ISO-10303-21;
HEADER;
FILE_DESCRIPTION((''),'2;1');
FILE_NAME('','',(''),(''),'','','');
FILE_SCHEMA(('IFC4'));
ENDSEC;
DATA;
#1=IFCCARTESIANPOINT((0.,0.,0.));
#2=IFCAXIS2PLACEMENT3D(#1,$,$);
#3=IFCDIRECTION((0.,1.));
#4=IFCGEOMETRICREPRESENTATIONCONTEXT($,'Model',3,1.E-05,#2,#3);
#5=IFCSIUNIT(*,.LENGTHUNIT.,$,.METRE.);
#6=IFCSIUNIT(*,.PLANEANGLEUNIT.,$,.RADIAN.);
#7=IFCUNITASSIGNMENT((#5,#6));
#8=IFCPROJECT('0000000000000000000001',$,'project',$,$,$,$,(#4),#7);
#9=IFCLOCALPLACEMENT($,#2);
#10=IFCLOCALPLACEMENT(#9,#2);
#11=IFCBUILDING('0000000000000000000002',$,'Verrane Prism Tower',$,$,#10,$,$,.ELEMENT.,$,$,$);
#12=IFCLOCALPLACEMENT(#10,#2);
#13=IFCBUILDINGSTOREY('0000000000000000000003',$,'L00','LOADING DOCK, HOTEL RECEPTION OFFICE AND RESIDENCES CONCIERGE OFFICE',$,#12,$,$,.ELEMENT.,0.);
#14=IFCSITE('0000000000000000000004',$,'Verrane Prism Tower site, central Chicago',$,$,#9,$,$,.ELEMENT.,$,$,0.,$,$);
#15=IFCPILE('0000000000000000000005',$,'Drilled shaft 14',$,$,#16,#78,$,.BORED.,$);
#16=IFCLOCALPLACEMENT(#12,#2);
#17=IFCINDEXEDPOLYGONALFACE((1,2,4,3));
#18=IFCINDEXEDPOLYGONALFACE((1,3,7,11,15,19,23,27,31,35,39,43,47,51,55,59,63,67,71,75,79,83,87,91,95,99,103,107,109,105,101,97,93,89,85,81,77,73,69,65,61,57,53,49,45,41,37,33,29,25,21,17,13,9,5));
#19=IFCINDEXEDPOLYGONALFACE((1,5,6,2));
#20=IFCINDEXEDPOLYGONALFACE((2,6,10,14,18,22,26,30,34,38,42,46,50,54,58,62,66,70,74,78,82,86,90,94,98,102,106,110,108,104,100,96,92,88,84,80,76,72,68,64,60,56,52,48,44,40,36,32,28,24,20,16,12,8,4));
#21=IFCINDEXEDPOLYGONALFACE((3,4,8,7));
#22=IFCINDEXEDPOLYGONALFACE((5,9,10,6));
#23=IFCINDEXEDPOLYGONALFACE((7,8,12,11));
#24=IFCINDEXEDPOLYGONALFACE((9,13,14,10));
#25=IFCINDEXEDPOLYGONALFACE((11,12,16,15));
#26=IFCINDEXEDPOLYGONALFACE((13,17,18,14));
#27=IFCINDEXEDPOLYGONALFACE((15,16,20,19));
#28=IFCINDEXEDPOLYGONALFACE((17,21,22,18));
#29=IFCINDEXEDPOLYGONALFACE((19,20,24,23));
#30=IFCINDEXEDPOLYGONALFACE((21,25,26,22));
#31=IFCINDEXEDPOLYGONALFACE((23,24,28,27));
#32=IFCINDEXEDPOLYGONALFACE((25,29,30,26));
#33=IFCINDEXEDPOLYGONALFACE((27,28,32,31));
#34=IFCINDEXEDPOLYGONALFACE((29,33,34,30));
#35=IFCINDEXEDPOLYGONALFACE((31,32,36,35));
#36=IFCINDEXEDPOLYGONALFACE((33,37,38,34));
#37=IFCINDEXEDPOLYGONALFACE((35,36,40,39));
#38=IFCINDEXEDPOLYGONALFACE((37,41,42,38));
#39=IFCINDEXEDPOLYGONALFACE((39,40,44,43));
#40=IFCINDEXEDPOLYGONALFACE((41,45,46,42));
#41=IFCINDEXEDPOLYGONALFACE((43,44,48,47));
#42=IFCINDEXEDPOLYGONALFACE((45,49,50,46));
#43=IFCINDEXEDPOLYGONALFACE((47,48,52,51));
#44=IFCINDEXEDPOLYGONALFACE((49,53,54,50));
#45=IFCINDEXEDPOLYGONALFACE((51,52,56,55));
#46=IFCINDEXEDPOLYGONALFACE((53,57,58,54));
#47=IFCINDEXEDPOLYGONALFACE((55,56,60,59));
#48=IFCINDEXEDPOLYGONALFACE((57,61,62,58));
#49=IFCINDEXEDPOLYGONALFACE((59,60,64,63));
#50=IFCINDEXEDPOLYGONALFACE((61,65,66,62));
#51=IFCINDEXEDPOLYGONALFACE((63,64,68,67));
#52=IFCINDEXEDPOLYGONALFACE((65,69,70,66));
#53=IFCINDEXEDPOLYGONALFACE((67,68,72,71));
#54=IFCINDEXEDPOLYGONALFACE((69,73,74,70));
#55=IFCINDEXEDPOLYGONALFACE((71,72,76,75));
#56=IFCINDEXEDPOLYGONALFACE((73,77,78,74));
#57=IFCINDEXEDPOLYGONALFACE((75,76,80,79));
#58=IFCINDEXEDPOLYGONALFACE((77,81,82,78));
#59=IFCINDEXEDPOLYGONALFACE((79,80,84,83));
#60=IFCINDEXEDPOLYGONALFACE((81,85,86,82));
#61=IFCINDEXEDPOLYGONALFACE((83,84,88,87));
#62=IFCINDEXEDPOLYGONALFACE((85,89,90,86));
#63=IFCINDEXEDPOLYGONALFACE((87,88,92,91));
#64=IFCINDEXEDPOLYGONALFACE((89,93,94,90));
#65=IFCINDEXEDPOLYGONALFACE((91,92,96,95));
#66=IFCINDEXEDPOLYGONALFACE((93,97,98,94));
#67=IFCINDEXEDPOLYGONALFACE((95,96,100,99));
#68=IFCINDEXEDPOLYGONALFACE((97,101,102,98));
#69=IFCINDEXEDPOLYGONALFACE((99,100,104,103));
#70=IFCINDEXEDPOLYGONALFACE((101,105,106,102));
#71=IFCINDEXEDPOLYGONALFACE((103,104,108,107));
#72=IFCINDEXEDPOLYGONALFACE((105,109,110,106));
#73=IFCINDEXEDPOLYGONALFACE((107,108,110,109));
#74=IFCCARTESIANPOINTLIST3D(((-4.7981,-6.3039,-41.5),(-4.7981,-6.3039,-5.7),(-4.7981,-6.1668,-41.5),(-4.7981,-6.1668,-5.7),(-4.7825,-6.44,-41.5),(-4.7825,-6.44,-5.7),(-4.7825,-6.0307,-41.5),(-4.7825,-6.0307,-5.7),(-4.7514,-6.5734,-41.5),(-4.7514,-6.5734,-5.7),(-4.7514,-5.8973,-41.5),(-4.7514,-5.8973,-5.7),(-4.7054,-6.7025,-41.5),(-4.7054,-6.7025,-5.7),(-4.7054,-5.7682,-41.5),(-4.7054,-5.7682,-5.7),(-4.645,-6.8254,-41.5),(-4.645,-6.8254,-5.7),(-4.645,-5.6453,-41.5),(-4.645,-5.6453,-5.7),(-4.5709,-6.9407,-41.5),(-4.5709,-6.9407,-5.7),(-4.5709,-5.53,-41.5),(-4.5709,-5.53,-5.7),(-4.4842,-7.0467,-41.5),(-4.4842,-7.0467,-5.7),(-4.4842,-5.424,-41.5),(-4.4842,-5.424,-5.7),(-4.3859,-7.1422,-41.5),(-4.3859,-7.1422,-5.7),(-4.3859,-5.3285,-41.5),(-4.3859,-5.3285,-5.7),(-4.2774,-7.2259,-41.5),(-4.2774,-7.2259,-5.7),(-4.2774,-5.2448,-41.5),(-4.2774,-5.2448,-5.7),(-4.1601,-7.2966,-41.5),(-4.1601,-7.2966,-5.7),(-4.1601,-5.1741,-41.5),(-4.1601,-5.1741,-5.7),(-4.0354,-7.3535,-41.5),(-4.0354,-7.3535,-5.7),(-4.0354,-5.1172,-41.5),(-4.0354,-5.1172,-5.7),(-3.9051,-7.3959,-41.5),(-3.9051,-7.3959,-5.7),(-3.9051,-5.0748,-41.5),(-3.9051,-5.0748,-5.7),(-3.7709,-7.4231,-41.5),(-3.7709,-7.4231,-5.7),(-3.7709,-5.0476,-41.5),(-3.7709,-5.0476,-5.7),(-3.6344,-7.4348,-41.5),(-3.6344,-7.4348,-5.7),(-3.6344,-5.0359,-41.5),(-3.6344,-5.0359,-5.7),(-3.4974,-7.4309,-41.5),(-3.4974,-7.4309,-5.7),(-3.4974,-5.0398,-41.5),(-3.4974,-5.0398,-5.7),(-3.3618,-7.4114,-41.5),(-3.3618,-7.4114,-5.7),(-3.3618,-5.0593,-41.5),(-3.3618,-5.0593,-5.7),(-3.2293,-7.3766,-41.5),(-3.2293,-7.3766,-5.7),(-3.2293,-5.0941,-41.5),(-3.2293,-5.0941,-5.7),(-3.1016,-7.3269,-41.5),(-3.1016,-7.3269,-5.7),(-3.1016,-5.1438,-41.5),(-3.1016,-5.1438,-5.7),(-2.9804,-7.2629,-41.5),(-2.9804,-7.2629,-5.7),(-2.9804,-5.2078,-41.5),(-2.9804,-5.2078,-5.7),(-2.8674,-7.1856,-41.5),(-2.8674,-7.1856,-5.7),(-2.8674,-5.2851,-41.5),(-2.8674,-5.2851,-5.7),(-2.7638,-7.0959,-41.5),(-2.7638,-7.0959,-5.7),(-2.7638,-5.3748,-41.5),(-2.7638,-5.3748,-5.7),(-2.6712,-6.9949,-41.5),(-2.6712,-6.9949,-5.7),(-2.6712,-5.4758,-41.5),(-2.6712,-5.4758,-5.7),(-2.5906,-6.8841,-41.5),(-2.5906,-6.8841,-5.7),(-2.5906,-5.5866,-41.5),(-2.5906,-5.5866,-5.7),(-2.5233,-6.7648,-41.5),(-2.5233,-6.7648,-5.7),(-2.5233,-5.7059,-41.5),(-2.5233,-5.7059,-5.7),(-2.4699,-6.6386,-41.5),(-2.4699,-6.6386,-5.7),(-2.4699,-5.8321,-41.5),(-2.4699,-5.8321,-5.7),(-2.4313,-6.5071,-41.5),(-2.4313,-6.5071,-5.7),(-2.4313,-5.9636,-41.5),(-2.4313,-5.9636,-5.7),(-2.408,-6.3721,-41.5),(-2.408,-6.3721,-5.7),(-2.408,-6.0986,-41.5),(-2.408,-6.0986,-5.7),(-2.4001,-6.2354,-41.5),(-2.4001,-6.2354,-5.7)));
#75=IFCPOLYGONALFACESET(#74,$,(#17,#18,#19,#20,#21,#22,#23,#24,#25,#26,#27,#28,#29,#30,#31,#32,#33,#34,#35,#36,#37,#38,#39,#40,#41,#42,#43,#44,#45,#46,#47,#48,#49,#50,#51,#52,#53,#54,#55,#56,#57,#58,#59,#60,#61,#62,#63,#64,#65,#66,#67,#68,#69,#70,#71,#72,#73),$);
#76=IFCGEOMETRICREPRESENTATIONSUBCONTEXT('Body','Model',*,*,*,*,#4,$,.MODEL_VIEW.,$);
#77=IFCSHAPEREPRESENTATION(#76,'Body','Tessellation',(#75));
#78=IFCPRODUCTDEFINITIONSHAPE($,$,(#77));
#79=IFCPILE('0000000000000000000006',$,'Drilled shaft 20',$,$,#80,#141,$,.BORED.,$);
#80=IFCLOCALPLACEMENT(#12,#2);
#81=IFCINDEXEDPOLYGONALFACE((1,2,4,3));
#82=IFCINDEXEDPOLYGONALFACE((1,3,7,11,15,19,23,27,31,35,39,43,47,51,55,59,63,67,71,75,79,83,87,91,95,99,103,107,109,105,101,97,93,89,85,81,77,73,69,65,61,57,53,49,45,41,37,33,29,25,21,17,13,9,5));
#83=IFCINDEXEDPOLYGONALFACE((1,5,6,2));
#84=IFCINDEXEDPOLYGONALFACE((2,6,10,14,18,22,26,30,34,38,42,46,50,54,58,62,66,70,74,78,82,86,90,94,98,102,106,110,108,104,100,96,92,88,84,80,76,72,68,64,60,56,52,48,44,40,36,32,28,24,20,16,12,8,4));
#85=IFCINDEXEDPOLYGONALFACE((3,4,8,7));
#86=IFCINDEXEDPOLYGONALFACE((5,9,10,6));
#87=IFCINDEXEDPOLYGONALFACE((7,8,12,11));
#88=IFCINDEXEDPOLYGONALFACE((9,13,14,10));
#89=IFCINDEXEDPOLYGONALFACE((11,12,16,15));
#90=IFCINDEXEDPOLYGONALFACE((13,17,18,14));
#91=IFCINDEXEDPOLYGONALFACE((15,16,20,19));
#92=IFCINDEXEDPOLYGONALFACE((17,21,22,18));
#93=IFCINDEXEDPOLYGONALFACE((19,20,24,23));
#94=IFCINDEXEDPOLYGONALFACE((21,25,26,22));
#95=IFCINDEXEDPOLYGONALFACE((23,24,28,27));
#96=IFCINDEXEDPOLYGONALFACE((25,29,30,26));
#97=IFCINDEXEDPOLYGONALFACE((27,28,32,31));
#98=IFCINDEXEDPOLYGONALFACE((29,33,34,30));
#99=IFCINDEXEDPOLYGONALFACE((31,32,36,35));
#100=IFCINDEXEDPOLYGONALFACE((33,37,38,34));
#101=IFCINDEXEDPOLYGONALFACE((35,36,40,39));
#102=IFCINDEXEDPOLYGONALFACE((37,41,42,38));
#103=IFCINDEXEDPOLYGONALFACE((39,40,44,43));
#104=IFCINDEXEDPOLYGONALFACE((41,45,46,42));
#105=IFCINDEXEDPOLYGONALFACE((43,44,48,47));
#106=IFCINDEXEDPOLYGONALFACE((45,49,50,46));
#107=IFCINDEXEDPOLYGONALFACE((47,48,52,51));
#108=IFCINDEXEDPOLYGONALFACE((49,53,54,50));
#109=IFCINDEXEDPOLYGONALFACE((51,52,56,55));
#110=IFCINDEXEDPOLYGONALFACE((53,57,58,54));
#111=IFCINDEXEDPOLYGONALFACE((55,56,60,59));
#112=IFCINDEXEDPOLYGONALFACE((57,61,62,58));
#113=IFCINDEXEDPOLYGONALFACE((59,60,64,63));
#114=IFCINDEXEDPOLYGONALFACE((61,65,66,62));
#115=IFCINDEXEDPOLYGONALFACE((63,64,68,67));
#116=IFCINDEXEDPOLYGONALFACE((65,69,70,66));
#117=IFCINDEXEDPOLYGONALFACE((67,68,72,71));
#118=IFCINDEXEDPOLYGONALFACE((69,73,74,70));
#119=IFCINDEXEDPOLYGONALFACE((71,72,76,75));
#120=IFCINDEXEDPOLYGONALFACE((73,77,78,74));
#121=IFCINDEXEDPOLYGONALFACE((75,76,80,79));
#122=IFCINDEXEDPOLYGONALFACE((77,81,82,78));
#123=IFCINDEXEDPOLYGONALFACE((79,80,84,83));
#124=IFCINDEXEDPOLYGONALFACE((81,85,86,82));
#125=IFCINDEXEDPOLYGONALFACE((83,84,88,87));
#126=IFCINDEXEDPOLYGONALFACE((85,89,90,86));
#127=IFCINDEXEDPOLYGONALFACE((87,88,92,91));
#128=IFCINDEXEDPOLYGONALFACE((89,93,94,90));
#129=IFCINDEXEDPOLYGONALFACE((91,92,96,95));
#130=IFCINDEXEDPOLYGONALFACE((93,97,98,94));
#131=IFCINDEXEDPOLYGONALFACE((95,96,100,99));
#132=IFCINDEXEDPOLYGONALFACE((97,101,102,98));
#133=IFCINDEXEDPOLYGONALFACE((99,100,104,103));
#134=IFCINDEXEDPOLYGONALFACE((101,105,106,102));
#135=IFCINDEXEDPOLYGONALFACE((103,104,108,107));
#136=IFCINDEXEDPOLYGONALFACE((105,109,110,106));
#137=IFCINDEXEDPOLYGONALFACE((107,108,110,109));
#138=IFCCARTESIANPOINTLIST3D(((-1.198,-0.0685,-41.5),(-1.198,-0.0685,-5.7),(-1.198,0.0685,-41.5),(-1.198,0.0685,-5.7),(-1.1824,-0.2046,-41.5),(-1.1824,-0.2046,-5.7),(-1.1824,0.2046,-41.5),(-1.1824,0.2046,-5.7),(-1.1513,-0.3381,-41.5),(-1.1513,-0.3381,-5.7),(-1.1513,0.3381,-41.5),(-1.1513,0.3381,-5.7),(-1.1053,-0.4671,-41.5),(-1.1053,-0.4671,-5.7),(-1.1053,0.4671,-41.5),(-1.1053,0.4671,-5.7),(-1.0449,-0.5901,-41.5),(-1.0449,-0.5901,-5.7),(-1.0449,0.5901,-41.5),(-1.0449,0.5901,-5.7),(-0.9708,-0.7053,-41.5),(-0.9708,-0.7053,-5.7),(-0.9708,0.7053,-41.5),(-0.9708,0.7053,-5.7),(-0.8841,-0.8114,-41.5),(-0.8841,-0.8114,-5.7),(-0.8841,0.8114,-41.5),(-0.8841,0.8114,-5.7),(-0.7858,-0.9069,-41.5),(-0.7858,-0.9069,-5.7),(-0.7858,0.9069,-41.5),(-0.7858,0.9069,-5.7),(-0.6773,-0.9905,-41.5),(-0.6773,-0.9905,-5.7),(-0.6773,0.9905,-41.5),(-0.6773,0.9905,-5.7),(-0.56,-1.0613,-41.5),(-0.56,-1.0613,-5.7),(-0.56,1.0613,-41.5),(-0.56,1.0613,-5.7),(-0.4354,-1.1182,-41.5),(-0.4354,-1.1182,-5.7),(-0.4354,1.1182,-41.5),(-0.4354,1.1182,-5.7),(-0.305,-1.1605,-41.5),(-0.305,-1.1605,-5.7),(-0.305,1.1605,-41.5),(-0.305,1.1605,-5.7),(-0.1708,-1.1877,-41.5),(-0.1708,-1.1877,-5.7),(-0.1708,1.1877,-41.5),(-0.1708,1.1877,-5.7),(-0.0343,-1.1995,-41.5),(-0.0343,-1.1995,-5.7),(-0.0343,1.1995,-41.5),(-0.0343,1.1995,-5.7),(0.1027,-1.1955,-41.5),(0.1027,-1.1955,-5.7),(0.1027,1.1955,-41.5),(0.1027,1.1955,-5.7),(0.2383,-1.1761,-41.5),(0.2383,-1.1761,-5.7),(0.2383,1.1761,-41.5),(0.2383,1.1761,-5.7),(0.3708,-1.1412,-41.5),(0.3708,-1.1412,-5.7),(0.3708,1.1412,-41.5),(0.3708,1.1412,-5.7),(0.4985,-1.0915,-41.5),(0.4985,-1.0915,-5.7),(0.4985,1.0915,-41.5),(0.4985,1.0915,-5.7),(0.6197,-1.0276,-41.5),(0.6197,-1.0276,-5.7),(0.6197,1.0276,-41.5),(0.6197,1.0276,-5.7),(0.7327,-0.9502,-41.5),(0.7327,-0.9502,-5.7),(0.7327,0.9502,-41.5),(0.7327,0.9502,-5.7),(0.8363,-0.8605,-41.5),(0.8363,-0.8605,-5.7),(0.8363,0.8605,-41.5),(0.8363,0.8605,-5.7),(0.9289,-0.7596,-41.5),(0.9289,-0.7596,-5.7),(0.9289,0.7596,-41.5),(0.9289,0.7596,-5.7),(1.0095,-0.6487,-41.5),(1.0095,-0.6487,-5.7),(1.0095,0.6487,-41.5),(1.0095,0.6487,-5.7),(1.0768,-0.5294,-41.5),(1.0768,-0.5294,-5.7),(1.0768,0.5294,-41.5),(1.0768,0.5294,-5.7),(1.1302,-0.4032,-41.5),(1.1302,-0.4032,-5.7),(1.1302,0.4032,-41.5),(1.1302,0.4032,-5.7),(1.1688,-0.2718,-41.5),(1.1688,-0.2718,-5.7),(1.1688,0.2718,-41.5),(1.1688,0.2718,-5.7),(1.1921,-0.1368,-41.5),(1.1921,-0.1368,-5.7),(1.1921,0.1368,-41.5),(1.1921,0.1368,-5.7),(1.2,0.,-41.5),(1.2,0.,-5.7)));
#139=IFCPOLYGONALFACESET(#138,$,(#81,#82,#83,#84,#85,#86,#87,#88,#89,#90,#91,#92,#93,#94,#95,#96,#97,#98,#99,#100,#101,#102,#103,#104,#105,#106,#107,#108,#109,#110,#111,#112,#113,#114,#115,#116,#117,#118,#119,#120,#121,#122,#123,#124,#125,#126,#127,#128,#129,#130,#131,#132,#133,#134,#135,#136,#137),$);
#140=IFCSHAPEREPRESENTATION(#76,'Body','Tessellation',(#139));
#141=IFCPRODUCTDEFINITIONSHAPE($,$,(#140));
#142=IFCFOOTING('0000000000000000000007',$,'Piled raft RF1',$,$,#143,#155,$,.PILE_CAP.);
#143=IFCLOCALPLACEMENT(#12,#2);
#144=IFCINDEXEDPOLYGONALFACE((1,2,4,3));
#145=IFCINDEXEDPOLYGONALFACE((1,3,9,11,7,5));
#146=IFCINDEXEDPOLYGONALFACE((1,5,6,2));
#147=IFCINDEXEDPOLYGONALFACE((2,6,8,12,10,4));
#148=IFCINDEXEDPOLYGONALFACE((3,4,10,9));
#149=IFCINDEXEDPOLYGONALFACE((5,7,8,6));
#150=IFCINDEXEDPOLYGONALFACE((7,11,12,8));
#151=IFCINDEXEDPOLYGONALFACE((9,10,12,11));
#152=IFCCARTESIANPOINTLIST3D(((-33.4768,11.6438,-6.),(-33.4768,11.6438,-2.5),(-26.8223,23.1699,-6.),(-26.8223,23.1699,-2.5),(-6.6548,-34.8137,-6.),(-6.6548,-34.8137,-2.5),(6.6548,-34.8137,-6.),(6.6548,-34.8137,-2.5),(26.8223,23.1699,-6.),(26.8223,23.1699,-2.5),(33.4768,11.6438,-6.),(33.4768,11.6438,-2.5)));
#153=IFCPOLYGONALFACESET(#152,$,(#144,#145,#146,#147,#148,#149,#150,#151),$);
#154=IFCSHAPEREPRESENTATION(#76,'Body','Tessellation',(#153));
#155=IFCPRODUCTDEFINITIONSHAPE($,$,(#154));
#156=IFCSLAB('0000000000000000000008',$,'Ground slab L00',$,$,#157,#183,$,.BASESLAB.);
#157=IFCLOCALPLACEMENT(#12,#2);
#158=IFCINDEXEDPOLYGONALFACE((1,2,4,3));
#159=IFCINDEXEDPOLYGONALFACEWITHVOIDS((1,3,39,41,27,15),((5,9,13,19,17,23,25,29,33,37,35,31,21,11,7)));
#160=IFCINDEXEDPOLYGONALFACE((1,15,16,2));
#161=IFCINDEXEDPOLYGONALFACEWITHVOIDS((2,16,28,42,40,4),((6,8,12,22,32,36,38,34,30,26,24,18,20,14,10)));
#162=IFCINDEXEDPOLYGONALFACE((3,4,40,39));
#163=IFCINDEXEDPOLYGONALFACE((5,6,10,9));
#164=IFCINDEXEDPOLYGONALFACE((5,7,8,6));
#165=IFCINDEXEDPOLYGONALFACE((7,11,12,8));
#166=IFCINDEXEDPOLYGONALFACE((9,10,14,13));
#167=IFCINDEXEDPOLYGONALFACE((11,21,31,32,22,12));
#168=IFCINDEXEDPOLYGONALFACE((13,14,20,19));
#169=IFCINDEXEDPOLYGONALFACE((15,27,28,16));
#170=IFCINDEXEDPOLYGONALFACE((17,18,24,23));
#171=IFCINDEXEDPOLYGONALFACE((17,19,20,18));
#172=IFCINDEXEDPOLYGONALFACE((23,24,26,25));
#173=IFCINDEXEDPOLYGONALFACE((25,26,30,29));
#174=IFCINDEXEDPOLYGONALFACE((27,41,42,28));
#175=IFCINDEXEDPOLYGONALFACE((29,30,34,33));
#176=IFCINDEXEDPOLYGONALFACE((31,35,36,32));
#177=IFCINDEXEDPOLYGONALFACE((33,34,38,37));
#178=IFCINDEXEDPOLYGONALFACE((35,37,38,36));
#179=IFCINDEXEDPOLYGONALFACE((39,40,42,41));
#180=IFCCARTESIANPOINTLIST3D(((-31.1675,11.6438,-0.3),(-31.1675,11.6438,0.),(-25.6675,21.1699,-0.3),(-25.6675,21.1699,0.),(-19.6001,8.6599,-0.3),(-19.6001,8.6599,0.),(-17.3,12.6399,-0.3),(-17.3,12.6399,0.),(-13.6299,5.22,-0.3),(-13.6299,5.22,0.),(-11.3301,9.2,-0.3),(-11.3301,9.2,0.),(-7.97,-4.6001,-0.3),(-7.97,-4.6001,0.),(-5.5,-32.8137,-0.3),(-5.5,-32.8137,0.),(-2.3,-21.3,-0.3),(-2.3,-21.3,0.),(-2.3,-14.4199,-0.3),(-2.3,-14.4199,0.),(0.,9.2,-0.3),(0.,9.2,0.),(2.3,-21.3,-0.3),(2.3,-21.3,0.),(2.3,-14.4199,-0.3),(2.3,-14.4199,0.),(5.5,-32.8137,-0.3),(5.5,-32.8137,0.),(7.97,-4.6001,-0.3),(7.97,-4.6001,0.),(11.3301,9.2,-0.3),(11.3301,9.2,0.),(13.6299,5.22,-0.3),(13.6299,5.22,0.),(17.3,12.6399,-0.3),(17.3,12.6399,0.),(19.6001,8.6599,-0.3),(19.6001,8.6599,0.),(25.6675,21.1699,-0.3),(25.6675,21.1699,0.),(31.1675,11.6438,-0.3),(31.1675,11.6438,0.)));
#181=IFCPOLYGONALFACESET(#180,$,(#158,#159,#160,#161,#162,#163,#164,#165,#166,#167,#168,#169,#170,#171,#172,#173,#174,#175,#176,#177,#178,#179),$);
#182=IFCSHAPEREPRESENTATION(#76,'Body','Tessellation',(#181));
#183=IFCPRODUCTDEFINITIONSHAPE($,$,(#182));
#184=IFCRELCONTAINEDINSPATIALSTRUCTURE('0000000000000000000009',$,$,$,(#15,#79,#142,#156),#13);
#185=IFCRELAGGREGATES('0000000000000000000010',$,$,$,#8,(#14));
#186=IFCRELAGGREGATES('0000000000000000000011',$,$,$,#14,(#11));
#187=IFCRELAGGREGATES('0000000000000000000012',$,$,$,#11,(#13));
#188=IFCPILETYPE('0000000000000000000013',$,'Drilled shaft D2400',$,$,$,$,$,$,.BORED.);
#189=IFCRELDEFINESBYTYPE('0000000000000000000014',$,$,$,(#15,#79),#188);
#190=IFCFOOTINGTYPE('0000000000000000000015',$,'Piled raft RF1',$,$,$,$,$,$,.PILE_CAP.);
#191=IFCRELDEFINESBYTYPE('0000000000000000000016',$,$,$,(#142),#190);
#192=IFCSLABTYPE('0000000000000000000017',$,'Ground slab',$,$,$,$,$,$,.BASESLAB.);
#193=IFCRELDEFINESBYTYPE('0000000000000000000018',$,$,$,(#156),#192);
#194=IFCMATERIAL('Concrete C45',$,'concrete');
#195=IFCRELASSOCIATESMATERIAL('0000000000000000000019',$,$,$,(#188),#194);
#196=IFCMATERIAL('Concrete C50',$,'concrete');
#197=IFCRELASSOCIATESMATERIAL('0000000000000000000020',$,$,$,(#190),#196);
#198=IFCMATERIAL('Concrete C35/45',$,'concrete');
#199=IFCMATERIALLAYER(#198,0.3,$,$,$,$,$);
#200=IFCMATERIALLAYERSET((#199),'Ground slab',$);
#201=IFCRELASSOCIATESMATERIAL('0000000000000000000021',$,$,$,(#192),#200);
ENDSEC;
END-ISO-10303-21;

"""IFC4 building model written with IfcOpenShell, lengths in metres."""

from ifc_helpers import new_model, si_unit, direction, frame, origin, origin_2d, place, context, subcontext, project, spatial, polyline, circle, outline, extrude, material, layer, layer_set, type_object, element, save


model = new_model("IFC4")

# Units and contexts
model_context = context("Model", 3, precision=1e-05, world=origin(), true_north=direction((0.0, 1.0)))
body_context = subcontext(model_context, "Body", "Model", "MODEL_VIEW")
ifc_project = project(units=[si_unit("LENGTHUNIT", "METRE"), si_unit("PLANEANGLEUNIT", "RADIAN")], contexts=[model_context])

# Site, building, storey
site_placement = place(None, origin())
site = spatial("IfcSite", under=ifc_project, at=site_placement, Name="Verrane Prism Tower site, central Chicago", CompositionType="ELEMENT", RefElevation=0.0)
building_placement = place(site_placement, origin())
building = spatial("IfcBuilding", under=site, at=building_placement, Name="Verrane Prism Tower", CompositionType="ELEMENT")
storey_placement = place(building_placement, origin())
storey = spatial("IfcBuildingStorey", under=building, at=storey_placement, Name="L00", Description="LOADING DOCK, HOTEL RECEPTION OFFICE AND RESIDENCES CONCIERGE OFFICE", CompositionType="ELEMENT", Elevation=0.0)

# Piles
ifc_material_1 = material(Name="Concrete C45", Category="concrete")
pile_type = type_object("IfcPileType", Name="Drilled shaft D2400", PredefinedType="BORED", material=ifc_material_1)
for number, where, z_axis, x_axis, name in (
    (1, (-3.6001, -6.2354, -5.7), (0.0, 0.0, -1.0), (1.0, 0.0, 0.0), "Drilled shaft 14"),
    (2, (0.0, 0.0, -5.7), (0.0, 0.0, -1.0), (1.0, 0.0, 0.0), "Drilled shaft 20"),
):
    element("IfcPile", number, at=place(storey_placement, frame(where, z_axis=z_axis, x_axis=x_axis)), inside=storey, type_object=pile_type, Name=name, PredefinedType="BORED", context=body_context, shape_type="SweptSolid", body=[
        extrude(circle(Radius=1.2, at=origin_2d()), origin(), (0.0, 0.0, 1.0), 35.8),
    ])

# Footing
ifc_material_2 = material(Name="Concrete C50", Category="concrete")
footing_type = type_object("IfcFootingType", Name="Piled raft RF1", PredefinedType="PILE_CAP", material=ifc_material_2)
footing_placement = place(storey_placement, frame((0.0, 0.0, -6.0)))
element("IfcFooting", 3, at=footing_placement, inside=storey, type_object=footing_type, Name="Piled raft RF1", PredefinedType="PILE_CAP", context=body_context, shape_type="SweptSolid", body=[
    extrude(outline(polyline([(33.4768, 11.6438), (6.6548, -34.8137), (-6.6548, -34.8137), (-33.4768, 11.6438), (-26.8223, 23.1699), (26.8223, 23.1699), (33.4768, 11.6438)])), origin(), (0.0, 0.0, 1.0), 3.5),
])

# Slab
ifc_material_3 = material(Name="Concrete C35/45", Category="concrete")
ifc_layer_1 = layer(ifc_material_3, 0.3)
ifc_layer_set_1 = layer_set([ifc_layer_1], Name="Ground slab")
slab_type_1 = type_object("IfcSlabType", Name="Ground slab", PredefinedType="BASESLAB", material=ifc_layer_set_1)
slab_1_placement = place(storey_placement, frame((0.0, 0.0, -0.3)))
element("IfcSlab", 4, at=slab_1_placement, inside=storey, type_object=slab_type_1, Name="Ground slab L00", PredefinedType="BASESLAB", context=body_context, shape_type="SweptSolid", body=[
    extrude(outline(polyline([(5.5, -32.8137), (-5.5, -32.8137), (-31.1675, 11.6438), (-25.6675, 21.1699), (25.6675, 21.1699), (31.1675, 11.6438), (5.5, -32.8137)]), holes=[polyline([(19.6001, 8.6599), (17.3, 12.6399), (11.3301, 9.2), (0.0, 9.2), (-11.3301, 9.2), (-17.3, 12.6399), (-19.6001, 8.6599), (-13.6299, 5.22), (-7.97, -4.6001), (-2.3, -14.4199), (-2.3, -21.3), (2.3, -21.3), (2.3, -14.4199), (7.97, -4.6001), (13.6299, 5.22), (19.6001, 8.6599)])]), origin(), (0.0, 0.0, 1.0), 0.3),
])

save(model, "model.ifc")
